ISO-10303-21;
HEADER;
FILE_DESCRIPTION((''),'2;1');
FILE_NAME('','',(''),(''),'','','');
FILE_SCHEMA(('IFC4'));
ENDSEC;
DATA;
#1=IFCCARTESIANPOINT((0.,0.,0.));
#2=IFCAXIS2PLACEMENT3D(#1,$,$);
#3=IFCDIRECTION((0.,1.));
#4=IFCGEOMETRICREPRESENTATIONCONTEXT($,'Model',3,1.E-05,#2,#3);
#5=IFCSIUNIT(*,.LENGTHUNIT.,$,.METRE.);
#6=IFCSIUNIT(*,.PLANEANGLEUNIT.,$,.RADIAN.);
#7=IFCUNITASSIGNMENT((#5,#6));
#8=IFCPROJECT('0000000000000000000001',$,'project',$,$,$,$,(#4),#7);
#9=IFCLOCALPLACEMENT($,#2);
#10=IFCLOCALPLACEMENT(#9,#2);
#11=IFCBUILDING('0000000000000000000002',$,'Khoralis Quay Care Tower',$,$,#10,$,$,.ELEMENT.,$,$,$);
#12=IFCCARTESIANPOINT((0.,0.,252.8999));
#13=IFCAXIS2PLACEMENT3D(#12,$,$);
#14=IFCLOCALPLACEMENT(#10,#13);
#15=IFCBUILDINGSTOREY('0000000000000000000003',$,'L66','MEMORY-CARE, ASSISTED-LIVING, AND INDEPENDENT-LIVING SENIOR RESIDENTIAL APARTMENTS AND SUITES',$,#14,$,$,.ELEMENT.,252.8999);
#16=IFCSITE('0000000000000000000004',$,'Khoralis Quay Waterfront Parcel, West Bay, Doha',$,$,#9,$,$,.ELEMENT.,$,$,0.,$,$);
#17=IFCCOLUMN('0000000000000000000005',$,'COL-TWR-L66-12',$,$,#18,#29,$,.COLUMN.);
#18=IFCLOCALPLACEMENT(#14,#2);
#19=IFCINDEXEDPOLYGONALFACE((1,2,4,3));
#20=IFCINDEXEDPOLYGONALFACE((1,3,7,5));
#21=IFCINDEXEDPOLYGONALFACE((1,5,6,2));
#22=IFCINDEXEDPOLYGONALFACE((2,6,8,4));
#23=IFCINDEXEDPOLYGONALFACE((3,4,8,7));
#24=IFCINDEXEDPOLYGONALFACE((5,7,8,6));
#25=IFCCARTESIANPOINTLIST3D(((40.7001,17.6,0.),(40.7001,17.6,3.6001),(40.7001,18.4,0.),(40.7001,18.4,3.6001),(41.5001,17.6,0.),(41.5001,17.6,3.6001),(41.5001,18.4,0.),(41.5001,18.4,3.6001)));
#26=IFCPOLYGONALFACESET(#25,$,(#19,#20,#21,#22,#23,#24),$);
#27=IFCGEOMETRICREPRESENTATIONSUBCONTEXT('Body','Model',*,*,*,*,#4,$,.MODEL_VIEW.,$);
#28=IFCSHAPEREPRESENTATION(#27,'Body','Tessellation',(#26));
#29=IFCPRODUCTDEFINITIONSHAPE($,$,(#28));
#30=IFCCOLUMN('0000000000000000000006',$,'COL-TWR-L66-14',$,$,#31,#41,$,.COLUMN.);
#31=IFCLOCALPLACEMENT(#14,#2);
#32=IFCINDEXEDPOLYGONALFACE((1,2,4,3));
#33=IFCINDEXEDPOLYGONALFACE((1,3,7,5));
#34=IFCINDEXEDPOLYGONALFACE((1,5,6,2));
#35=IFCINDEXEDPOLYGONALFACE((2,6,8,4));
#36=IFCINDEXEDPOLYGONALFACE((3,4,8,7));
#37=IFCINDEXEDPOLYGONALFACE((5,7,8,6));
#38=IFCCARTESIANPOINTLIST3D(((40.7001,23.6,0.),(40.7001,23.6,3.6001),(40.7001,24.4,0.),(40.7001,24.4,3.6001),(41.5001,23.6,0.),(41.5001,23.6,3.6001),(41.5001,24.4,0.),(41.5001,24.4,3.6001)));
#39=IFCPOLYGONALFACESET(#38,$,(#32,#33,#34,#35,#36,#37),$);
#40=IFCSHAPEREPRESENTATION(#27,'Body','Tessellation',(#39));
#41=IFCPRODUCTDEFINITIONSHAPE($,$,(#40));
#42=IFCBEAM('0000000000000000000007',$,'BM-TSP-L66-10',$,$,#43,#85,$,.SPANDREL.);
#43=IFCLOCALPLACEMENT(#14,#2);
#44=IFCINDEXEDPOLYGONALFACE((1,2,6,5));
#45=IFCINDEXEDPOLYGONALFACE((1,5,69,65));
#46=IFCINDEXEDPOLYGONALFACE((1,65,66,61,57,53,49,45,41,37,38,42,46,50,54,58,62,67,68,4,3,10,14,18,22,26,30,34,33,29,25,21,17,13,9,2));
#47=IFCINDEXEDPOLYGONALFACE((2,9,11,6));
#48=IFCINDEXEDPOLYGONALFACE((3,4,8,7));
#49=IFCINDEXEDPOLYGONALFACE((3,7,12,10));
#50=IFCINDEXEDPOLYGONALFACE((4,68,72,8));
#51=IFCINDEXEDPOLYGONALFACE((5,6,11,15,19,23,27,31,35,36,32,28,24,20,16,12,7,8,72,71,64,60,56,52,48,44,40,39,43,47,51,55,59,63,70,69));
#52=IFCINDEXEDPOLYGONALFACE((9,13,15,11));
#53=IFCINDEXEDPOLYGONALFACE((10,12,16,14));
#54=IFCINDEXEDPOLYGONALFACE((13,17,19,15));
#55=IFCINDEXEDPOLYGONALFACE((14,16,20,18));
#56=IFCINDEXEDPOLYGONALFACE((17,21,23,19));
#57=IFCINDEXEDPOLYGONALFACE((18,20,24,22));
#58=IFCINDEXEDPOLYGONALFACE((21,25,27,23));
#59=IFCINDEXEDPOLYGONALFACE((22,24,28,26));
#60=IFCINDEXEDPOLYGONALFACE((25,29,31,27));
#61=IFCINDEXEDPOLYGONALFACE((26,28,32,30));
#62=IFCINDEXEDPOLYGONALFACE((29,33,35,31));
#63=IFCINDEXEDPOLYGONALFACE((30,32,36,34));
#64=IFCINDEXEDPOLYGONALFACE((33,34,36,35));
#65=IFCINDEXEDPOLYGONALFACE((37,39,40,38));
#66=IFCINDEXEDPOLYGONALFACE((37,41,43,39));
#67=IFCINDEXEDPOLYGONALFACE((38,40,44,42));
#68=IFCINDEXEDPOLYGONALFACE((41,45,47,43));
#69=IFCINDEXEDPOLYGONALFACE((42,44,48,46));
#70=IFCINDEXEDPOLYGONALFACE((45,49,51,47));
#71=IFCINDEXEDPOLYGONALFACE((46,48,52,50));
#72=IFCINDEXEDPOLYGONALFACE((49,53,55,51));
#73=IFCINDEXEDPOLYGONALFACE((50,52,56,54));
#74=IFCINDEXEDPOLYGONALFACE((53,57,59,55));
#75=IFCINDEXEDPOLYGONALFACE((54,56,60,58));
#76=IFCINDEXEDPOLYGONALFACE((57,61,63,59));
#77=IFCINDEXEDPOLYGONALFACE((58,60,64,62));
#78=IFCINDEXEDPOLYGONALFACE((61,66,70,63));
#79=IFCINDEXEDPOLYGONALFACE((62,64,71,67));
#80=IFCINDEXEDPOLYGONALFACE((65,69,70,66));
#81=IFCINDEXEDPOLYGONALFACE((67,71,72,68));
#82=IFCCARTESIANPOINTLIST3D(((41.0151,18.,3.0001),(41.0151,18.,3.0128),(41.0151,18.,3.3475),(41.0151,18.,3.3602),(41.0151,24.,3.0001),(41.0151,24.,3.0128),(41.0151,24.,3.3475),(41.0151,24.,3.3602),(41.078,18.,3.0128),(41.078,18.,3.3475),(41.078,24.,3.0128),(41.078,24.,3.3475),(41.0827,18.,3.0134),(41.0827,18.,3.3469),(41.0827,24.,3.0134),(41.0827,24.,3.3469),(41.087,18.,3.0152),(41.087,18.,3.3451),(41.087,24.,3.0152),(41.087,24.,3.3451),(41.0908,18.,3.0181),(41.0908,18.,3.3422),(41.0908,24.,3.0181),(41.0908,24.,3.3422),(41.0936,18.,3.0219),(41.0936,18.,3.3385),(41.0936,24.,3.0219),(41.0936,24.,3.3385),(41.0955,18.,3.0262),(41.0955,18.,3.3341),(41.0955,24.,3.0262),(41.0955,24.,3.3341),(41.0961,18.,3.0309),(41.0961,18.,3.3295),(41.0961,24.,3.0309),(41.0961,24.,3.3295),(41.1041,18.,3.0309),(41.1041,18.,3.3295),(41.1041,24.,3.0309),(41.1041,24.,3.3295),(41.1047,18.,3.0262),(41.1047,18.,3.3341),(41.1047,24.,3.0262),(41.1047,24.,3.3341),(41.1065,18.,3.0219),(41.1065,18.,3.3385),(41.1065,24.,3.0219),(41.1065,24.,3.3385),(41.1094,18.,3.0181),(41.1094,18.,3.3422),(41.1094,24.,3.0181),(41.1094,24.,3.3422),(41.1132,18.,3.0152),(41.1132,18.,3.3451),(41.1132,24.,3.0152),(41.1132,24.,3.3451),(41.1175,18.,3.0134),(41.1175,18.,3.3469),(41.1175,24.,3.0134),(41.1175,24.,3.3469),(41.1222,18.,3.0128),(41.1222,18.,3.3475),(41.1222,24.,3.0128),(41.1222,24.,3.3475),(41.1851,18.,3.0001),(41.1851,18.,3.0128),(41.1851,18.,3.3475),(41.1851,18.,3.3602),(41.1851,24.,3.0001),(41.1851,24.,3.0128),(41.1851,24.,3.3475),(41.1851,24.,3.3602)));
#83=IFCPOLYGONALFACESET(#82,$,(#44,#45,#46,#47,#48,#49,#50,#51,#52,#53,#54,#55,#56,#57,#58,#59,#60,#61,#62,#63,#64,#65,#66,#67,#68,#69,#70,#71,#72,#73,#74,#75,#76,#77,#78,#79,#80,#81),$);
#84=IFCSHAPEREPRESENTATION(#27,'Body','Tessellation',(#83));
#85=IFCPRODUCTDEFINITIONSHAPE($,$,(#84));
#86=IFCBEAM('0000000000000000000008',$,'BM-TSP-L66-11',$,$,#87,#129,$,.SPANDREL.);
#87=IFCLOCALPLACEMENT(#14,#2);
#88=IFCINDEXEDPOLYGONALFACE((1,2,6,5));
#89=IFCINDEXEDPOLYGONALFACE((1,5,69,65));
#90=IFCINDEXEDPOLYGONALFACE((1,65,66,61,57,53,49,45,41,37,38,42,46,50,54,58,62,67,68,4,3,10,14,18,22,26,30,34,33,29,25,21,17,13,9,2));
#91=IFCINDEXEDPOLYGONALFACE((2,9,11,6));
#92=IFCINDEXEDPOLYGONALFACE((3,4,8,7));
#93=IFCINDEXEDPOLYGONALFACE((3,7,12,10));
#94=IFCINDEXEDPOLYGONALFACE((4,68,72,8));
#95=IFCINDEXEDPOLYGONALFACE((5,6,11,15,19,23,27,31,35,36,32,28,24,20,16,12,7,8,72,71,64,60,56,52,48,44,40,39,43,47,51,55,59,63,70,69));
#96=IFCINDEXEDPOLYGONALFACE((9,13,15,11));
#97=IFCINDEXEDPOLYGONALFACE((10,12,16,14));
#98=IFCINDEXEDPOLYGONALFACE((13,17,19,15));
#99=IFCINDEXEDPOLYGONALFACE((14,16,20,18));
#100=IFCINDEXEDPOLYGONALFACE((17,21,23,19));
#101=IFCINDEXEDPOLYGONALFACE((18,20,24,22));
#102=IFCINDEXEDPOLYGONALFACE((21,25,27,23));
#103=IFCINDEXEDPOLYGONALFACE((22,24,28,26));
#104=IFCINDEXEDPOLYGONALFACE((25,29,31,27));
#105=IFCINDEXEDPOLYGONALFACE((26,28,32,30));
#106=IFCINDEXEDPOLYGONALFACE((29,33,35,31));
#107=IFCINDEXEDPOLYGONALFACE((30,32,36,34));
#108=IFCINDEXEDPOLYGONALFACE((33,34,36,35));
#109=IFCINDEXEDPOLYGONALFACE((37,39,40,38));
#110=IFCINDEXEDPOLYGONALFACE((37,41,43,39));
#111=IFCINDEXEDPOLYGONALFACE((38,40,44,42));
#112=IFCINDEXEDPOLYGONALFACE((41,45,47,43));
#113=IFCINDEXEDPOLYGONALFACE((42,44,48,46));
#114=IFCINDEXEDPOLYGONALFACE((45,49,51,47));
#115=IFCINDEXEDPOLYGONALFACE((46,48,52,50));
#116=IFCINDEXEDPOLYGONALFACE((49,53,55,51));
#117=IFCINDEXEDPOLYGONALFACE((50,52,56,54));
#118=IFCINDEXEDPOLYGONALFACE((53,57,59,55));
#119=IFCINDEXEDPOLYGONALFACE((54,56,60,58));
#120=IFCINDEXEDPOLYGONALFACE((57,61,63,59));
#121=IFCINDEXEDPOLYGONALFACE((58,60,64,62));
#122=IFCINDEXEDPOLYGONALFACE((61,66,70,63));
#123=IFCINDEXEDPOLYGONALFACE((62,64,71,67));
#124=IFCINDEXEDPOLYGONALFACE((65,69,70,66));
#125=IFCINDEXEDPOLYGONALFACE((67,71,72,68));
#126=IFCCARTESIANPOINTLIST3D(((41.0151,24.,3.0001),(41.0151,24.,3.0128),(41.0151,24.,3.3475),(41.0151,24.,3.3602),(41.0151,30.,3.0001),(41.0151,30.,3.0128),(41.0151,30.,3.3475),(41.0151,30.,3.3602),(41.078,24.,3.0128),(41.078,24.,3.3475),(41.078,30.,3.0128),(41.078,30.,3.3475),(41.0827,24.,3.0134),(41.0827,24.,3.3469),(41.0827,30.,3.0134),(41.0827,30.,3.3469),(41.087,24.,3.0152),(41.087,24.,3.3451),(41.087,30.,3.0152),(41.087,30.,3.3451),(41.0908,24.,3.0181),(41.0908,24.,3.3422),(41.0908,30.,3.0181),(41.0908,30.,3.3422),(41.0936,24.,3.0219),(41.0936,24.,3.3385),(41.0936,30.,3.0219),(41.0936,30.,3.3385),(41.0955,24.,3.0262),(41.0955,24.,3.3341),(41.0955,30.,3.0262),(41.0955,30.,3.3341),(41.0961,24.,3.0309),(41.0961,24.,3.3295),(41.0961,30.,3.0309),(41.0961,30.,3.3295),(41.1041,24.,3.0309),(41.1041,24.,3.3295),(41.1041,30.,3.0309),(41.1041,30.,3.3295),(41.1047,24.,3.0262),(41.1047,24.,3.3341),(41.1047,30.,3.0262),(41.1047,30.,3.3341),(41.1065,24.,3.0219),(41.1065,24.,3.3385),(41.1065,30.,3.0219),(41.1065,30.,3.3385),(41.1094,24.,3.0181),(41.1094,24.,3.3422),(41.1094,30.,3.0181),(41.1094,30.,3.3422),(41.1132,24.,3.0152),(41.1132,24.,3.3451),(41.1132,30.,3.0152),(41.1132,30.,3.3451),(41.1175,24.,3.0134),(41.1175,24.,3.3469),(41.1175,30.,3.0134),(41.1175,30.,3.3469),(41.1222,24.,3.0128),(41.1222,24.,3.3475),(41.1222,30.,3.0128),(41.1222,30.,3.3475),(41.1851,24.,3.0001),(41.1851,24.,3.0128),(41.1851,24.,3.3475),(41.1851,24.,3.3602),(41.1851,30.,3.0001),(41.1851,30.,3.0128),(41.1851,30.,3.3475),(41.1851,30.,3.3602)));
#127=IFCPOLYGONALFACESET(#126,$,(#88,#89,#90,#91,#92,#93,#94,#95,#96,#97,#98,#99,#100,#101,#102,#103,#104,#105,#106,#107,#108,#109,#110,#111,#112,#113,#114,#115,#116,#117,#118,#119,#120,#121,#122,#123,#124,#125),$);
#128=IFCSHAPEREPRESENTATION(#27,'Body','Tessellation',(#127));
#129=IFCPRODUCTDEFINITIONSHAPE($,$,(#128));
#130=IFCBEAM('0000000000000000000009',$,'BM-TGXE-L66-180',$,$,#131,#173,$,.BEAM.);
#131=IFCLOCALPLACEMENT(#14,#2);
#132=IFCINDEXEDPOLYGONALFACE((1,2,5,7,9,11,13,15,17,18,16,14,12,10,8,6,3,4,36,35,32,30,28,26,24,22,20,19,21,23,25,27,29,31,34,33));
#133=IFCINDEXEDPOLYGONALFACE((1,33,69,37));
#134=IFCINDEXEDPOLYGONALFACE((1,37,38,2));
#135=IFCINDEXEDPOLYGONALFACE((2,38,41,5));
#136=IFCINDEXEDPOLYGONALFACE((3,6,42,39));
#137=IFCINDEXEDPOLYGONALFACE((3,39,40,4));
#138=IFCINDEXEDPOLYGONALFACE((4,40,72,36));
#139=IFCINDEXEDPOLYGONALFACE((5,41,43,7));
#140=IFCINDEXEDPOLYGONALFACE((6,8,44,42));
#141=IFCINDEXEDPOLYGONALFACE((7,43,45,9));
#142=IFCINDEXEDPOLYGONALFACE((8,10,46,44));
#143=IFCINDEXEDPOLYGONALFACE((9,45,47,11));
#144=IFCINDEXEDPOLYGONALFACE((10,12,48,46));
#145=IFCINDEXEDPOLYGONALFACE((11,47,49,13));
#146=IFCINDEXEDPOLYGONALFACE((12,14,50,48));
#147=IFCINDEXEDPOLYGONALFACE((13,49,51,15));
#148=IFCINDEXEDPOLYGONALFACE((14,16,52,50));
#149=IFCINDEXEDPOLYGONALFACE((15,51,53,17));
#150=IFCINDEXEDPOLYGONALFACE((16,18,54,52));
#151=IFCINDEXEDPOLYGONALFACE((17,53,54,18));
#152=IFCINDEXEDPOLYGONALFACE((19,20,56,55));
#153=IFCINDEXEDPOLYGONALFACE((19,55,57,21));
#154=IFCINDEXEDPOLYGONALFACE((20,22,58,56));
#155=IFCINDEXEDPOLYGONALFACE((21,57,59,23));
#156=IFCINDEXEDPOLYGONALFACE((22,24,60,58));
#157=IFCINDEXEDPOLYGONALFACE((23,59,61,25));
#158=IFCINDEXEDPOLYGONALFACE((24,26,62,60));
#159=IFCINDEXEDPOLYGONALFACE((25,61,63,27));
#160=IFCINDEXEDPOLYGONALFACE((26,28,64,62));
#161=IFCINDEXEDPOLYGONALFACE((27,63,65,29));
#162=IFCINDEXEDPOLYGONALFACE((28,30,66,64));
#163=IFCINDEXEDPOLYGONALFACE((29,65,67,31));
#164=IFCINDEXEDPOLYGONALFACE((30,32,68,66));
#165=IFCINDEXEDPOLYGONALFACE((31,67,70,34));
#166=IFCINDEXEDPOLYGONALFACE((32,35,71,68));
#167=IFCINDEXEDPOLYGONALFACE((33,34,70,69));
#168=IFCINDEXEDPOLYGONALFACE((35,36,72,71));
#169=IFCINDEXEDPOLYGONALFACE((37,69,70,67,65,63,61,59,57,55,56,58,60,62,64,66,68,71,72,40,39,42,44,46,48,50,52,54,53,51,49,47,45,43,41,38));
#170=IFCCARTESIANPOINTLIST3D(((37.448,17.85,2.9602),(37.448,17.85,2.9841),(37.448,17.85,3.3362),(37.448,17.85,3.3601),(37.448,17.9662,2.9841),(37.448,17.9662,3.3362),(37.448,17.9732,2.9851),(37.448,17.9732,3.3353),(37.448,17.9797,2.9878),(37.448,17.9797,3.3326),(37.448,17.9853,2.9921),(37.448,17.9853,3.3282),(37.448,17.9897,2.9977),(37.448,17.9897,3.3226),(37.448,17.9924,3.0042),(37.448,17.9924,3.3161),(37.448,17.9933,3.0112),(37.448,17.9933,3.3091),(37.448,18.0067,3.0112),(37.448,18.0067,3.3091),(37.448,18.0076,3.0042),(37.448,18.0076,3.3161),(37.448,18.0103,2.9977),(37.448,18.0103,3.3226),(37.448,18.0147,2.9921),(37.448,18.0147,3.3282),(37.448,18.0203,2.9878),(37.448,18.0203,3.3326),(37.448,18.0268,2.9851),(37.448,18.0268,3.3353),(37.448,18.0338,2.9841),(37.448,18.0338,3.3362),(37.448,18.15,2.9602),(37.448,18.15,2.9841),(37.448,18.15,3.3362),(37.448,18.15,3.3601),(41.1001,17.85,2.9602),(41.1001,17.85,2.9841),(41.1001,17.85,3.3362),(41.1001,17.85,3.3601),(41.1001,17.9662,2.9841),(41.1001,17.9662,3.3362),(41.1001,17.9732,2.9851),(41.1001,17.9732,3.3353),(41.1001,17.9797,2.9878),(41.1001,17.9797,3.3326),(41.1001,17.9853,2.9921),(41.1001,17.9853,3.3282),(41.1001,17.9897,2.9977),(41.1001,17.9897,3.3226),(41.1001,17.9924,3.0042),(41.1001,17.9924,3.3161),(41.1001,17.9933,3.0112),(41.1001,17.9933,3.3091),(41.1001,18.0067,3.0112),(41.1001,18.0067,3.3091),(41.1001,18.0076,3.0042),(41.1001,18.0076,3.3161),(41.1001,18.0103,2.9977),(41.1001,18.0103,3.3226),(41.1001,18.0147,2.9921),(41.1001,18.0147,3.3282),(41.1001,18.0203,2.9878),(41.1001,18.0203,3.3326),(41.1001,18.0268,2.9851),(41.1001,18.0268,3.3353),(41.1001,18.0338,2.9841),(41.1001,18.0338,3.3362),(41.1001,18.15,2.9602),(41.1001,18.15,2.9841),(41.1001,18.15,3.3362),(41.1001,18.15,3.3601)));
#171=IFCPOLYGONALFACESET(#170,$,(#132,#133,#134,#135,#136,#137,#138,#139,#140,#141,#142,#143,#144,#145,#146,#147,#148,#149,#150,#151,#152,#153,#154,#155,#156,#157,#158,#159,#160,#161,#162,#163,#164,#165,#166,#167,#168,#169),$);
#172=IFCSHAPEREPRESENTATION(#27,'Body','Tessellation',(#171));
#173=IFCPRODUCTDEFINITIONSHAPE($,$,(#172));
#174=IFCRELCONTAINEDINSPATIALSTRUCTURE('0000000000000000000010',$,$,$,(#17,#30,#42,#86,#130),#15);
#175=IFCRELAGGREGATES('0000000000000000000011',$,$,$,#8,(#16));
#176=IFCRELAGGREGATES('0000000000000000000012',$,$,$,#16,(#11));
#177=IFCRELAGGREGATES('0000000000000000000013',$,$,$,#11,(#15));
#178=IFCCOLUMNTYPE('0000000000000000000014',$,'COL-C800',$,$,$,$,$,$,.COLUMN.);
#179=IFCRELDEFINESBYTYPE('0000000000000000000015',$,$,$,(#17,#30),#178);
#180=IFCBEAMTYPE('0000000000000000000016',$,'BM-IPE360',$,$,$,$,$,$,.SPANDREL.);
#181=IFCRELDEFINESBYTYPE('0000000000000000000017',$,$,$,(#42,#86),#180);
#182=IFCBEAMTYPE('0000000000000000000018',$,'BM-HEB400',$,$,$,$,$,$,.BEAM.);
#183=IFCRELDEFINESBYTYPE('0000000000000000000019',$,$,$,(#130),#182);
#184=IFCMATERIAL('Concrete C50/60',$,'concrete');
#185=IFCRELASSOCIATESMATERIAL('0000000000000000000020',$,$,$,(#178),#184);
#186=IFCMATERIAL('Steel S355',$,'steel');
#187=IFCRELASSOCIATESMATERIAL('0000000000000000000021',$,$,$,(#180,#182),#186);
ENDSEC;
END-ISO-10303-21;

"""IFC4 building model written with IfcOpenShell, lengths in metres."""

from ifc_helpers import new_model, si_unit, direction, frame, origin, origin_2d, place, context, subcontext, project, spatial, rectangle, i_section, extrude, source, transform, mapped, material, material_profile, profile_set, type_object, element, save


model = new_model("IFC4")

# Units and contexts
model_context = context("Model", 3, precision=1e-05, world=origin(), true_north=direction((0.0, 1.0)))
body_context = subcontext(model_context, "Body", "Model", "MODEL_VIEW")
ifc_project = project(units=[si_unit("LENGTHUNIT", "METRE"), si_unit("PLANEANGLEUNIT", "RADIAN")], contexts=[model_context])

# Site, building, storey
site_placement = place(None, origin())
site = spatial("IfcSite", under=ifc_project, at=site_placement, Name="Khoralis Quay Waterfront Parcel, West Bay, Doha", CompositionType="ELEMENT", RefElevation=0.0)
building_placement = place(site_placement, origin())
building = spatial("IfcBuilding", under=site, at=building_placement, Name="Khoralis Quay Care Tower", CompositionType="ELEMENT")
storey_placement = place(building_placement, frame((0.0, 0.0, 252.8999)))
storey = spatial("IfcBuildingStorey", under=building, at=storey_placement, Name="L66", Description="MEMORY-CARE, ASSISTED-LIVING, AND INDEPENDENT-LIVING SENIOR RESIDENTIAL APARTMENTS AND SUITES", CompositionType="ELEMENT", Elevation=252.8999)

# Columns
ifc_material_1 = material(Name="Concrete C50/60", Category="concrete")
ifc_material_profile_1 = material_profile(ifc_material_1, rectangle(XDim=0.8, YDim=0.8, at=origin_2d()), Name="Concrete C50/60")
ifc_profile_set_1 = profile_set([ifc_material_profile_1], Name="Concrete C50/60")
column_type = type_object("IfcColumnType", Name="COL-C800", PredefinedType="COLUMN", material=ifc_profile_set_1)
shared_shape_1 = source(origin(), body_context, "Body", "SweptSolid", [
    extrude(rectangle(XDim=0.8, YDim=0.8, at=origin_2d()), origin(), (0.0, 0.0, 1.0), 3.6001),
])
for number, where, z_axis, x_axis, name in (
    (1, (41.1001, 18.0, 0.0), (0.0, 0.0, 1.0), (1.0, 0.0, 0.0), "COL-TWR-L66-12"),
    (2, (41.1001, 24.0, 0.0), (0.0, 0.0, 1.0), (1.0, 0.0, 0.0), "COL-TWR-L66-14"),
):
    element("IfcColumn", number, at=place(storey_placement, frame(where, z_axis=z_axis, x_axis=x_axis)), inside=storey, type_object=column_type, Name=name, PredefinedType="COLUMN", context=body_context, shape_type="MappedRepresentation", body=[
        mapped(shared_shape_1, transform((0.0, 0.0, 0.0), scale=1.0)),
    ])

# Beams
ifc_material_2 = material(Name="Steel S355", Category="steel")
ifc_material_profile_2 = material_profile(ifc_material_2, i_section(OverallWidth=0.1699, OverallDepth=0.3601, WebThickness=0.0081, FlangeThickness=0.0127, FilletRadius=0.0181, at=origin_2d()), Name="Steel S355")
ifc_profile_set_2 = profile_set([ifc_material_profile_2], Name="Steel S355")
beam_type_1 = type_object("IfcBeamType", Name="BM-IPE360", PredefinedType="SPANDREL", material=ifc_profile_set_2)
shared_shape_2 = source(origin(), body_context, "Body", "SweptSolid", [
    extrude(i_section(OverallWidth=0.1699, OverallDepth=0.3601, WebThickness=0.0081, FlangeThickness=0.0127, FilletRadius=0.0181, at=origin_2d()), origin(), (0.0, 0.0, 1.0), 6.0),
])
for number, where, z_axis, x_axis, name in (
    (3, (41.1001, 18.0, 3.1802), (0.0, 1.0, 0.0), (-1.0, 0.0, 0.0), "BM-TSP-L66-10"),
    (4, (41.1001, 24.0, 3.1802), (0.0, 1.0, 0.0), (-1.0, 0.0, 0.0), "BM-TSP-L66-11"),
):
    element("IfcBeam", number, at=place(storey_placement, frame(where, z_axis=z_axis, x_axis=x_axis)), inside=storey, type_object=beam_type_1, Name=name, PredefinedType="SPANDREL", context=body_context, shape_type="MappedRepresentation", body=[
        mapped(shared_shape_2, transform((0.0, 0.0, 0.0), scale=1.0)),
    ])
ifc_material_profile_3 = material_profile(ifc_material_2, i_section(OverallWidth=0.3, OverallDepth=0.3999, WebThickness=0.0134, FlangeThickness=0.0239, FilletRadius=0.0271, at=origin_2d()), Name="Steel S355")
ifc_profile_set_3 = profile_set([ifc_material_profile_3], Name="Steel S355")
beam_type_2 = type_object("IfcBeamType", Name="BM-HEB400", PredefinedType="BEAM", material=ifc_profile_set_3)
shared_shape_3 = source(origin(), body_context, "Body", "SweptSolid", [
    extrude(i_section(OverallWidth=0.3, OverallDepth=0.3999, WebThickness=0.0134, FlangeThickness=0.0239, FilletRadius=0.0271, at=origin_2d()), origin(), (0.0, 0.0, 1.0), 3.6521),
])
for number, where, z_axis, x_axis, name in (
    (5, (37.448, 18.0, 3.1602), (1.0, 0.0, 0.0), (0.0, 1.0, 0.0), "BM-TGXE-L66-180"),
):
    element("IfcBeam", number, at=place(storey_placement, frame(where, z_axis=z_axis, x_axis=x_axis)), inside=storey, type_object=beam_type_2, Name=name, PredefinedType="BEAM", context=body_context, shape_type="MappedRepresentation", body=[
        mapped(shared_shape_3, transform((0.0, 0.0, 0.0), scale=1.0)),
    ])

save(model, "model.ifc")
